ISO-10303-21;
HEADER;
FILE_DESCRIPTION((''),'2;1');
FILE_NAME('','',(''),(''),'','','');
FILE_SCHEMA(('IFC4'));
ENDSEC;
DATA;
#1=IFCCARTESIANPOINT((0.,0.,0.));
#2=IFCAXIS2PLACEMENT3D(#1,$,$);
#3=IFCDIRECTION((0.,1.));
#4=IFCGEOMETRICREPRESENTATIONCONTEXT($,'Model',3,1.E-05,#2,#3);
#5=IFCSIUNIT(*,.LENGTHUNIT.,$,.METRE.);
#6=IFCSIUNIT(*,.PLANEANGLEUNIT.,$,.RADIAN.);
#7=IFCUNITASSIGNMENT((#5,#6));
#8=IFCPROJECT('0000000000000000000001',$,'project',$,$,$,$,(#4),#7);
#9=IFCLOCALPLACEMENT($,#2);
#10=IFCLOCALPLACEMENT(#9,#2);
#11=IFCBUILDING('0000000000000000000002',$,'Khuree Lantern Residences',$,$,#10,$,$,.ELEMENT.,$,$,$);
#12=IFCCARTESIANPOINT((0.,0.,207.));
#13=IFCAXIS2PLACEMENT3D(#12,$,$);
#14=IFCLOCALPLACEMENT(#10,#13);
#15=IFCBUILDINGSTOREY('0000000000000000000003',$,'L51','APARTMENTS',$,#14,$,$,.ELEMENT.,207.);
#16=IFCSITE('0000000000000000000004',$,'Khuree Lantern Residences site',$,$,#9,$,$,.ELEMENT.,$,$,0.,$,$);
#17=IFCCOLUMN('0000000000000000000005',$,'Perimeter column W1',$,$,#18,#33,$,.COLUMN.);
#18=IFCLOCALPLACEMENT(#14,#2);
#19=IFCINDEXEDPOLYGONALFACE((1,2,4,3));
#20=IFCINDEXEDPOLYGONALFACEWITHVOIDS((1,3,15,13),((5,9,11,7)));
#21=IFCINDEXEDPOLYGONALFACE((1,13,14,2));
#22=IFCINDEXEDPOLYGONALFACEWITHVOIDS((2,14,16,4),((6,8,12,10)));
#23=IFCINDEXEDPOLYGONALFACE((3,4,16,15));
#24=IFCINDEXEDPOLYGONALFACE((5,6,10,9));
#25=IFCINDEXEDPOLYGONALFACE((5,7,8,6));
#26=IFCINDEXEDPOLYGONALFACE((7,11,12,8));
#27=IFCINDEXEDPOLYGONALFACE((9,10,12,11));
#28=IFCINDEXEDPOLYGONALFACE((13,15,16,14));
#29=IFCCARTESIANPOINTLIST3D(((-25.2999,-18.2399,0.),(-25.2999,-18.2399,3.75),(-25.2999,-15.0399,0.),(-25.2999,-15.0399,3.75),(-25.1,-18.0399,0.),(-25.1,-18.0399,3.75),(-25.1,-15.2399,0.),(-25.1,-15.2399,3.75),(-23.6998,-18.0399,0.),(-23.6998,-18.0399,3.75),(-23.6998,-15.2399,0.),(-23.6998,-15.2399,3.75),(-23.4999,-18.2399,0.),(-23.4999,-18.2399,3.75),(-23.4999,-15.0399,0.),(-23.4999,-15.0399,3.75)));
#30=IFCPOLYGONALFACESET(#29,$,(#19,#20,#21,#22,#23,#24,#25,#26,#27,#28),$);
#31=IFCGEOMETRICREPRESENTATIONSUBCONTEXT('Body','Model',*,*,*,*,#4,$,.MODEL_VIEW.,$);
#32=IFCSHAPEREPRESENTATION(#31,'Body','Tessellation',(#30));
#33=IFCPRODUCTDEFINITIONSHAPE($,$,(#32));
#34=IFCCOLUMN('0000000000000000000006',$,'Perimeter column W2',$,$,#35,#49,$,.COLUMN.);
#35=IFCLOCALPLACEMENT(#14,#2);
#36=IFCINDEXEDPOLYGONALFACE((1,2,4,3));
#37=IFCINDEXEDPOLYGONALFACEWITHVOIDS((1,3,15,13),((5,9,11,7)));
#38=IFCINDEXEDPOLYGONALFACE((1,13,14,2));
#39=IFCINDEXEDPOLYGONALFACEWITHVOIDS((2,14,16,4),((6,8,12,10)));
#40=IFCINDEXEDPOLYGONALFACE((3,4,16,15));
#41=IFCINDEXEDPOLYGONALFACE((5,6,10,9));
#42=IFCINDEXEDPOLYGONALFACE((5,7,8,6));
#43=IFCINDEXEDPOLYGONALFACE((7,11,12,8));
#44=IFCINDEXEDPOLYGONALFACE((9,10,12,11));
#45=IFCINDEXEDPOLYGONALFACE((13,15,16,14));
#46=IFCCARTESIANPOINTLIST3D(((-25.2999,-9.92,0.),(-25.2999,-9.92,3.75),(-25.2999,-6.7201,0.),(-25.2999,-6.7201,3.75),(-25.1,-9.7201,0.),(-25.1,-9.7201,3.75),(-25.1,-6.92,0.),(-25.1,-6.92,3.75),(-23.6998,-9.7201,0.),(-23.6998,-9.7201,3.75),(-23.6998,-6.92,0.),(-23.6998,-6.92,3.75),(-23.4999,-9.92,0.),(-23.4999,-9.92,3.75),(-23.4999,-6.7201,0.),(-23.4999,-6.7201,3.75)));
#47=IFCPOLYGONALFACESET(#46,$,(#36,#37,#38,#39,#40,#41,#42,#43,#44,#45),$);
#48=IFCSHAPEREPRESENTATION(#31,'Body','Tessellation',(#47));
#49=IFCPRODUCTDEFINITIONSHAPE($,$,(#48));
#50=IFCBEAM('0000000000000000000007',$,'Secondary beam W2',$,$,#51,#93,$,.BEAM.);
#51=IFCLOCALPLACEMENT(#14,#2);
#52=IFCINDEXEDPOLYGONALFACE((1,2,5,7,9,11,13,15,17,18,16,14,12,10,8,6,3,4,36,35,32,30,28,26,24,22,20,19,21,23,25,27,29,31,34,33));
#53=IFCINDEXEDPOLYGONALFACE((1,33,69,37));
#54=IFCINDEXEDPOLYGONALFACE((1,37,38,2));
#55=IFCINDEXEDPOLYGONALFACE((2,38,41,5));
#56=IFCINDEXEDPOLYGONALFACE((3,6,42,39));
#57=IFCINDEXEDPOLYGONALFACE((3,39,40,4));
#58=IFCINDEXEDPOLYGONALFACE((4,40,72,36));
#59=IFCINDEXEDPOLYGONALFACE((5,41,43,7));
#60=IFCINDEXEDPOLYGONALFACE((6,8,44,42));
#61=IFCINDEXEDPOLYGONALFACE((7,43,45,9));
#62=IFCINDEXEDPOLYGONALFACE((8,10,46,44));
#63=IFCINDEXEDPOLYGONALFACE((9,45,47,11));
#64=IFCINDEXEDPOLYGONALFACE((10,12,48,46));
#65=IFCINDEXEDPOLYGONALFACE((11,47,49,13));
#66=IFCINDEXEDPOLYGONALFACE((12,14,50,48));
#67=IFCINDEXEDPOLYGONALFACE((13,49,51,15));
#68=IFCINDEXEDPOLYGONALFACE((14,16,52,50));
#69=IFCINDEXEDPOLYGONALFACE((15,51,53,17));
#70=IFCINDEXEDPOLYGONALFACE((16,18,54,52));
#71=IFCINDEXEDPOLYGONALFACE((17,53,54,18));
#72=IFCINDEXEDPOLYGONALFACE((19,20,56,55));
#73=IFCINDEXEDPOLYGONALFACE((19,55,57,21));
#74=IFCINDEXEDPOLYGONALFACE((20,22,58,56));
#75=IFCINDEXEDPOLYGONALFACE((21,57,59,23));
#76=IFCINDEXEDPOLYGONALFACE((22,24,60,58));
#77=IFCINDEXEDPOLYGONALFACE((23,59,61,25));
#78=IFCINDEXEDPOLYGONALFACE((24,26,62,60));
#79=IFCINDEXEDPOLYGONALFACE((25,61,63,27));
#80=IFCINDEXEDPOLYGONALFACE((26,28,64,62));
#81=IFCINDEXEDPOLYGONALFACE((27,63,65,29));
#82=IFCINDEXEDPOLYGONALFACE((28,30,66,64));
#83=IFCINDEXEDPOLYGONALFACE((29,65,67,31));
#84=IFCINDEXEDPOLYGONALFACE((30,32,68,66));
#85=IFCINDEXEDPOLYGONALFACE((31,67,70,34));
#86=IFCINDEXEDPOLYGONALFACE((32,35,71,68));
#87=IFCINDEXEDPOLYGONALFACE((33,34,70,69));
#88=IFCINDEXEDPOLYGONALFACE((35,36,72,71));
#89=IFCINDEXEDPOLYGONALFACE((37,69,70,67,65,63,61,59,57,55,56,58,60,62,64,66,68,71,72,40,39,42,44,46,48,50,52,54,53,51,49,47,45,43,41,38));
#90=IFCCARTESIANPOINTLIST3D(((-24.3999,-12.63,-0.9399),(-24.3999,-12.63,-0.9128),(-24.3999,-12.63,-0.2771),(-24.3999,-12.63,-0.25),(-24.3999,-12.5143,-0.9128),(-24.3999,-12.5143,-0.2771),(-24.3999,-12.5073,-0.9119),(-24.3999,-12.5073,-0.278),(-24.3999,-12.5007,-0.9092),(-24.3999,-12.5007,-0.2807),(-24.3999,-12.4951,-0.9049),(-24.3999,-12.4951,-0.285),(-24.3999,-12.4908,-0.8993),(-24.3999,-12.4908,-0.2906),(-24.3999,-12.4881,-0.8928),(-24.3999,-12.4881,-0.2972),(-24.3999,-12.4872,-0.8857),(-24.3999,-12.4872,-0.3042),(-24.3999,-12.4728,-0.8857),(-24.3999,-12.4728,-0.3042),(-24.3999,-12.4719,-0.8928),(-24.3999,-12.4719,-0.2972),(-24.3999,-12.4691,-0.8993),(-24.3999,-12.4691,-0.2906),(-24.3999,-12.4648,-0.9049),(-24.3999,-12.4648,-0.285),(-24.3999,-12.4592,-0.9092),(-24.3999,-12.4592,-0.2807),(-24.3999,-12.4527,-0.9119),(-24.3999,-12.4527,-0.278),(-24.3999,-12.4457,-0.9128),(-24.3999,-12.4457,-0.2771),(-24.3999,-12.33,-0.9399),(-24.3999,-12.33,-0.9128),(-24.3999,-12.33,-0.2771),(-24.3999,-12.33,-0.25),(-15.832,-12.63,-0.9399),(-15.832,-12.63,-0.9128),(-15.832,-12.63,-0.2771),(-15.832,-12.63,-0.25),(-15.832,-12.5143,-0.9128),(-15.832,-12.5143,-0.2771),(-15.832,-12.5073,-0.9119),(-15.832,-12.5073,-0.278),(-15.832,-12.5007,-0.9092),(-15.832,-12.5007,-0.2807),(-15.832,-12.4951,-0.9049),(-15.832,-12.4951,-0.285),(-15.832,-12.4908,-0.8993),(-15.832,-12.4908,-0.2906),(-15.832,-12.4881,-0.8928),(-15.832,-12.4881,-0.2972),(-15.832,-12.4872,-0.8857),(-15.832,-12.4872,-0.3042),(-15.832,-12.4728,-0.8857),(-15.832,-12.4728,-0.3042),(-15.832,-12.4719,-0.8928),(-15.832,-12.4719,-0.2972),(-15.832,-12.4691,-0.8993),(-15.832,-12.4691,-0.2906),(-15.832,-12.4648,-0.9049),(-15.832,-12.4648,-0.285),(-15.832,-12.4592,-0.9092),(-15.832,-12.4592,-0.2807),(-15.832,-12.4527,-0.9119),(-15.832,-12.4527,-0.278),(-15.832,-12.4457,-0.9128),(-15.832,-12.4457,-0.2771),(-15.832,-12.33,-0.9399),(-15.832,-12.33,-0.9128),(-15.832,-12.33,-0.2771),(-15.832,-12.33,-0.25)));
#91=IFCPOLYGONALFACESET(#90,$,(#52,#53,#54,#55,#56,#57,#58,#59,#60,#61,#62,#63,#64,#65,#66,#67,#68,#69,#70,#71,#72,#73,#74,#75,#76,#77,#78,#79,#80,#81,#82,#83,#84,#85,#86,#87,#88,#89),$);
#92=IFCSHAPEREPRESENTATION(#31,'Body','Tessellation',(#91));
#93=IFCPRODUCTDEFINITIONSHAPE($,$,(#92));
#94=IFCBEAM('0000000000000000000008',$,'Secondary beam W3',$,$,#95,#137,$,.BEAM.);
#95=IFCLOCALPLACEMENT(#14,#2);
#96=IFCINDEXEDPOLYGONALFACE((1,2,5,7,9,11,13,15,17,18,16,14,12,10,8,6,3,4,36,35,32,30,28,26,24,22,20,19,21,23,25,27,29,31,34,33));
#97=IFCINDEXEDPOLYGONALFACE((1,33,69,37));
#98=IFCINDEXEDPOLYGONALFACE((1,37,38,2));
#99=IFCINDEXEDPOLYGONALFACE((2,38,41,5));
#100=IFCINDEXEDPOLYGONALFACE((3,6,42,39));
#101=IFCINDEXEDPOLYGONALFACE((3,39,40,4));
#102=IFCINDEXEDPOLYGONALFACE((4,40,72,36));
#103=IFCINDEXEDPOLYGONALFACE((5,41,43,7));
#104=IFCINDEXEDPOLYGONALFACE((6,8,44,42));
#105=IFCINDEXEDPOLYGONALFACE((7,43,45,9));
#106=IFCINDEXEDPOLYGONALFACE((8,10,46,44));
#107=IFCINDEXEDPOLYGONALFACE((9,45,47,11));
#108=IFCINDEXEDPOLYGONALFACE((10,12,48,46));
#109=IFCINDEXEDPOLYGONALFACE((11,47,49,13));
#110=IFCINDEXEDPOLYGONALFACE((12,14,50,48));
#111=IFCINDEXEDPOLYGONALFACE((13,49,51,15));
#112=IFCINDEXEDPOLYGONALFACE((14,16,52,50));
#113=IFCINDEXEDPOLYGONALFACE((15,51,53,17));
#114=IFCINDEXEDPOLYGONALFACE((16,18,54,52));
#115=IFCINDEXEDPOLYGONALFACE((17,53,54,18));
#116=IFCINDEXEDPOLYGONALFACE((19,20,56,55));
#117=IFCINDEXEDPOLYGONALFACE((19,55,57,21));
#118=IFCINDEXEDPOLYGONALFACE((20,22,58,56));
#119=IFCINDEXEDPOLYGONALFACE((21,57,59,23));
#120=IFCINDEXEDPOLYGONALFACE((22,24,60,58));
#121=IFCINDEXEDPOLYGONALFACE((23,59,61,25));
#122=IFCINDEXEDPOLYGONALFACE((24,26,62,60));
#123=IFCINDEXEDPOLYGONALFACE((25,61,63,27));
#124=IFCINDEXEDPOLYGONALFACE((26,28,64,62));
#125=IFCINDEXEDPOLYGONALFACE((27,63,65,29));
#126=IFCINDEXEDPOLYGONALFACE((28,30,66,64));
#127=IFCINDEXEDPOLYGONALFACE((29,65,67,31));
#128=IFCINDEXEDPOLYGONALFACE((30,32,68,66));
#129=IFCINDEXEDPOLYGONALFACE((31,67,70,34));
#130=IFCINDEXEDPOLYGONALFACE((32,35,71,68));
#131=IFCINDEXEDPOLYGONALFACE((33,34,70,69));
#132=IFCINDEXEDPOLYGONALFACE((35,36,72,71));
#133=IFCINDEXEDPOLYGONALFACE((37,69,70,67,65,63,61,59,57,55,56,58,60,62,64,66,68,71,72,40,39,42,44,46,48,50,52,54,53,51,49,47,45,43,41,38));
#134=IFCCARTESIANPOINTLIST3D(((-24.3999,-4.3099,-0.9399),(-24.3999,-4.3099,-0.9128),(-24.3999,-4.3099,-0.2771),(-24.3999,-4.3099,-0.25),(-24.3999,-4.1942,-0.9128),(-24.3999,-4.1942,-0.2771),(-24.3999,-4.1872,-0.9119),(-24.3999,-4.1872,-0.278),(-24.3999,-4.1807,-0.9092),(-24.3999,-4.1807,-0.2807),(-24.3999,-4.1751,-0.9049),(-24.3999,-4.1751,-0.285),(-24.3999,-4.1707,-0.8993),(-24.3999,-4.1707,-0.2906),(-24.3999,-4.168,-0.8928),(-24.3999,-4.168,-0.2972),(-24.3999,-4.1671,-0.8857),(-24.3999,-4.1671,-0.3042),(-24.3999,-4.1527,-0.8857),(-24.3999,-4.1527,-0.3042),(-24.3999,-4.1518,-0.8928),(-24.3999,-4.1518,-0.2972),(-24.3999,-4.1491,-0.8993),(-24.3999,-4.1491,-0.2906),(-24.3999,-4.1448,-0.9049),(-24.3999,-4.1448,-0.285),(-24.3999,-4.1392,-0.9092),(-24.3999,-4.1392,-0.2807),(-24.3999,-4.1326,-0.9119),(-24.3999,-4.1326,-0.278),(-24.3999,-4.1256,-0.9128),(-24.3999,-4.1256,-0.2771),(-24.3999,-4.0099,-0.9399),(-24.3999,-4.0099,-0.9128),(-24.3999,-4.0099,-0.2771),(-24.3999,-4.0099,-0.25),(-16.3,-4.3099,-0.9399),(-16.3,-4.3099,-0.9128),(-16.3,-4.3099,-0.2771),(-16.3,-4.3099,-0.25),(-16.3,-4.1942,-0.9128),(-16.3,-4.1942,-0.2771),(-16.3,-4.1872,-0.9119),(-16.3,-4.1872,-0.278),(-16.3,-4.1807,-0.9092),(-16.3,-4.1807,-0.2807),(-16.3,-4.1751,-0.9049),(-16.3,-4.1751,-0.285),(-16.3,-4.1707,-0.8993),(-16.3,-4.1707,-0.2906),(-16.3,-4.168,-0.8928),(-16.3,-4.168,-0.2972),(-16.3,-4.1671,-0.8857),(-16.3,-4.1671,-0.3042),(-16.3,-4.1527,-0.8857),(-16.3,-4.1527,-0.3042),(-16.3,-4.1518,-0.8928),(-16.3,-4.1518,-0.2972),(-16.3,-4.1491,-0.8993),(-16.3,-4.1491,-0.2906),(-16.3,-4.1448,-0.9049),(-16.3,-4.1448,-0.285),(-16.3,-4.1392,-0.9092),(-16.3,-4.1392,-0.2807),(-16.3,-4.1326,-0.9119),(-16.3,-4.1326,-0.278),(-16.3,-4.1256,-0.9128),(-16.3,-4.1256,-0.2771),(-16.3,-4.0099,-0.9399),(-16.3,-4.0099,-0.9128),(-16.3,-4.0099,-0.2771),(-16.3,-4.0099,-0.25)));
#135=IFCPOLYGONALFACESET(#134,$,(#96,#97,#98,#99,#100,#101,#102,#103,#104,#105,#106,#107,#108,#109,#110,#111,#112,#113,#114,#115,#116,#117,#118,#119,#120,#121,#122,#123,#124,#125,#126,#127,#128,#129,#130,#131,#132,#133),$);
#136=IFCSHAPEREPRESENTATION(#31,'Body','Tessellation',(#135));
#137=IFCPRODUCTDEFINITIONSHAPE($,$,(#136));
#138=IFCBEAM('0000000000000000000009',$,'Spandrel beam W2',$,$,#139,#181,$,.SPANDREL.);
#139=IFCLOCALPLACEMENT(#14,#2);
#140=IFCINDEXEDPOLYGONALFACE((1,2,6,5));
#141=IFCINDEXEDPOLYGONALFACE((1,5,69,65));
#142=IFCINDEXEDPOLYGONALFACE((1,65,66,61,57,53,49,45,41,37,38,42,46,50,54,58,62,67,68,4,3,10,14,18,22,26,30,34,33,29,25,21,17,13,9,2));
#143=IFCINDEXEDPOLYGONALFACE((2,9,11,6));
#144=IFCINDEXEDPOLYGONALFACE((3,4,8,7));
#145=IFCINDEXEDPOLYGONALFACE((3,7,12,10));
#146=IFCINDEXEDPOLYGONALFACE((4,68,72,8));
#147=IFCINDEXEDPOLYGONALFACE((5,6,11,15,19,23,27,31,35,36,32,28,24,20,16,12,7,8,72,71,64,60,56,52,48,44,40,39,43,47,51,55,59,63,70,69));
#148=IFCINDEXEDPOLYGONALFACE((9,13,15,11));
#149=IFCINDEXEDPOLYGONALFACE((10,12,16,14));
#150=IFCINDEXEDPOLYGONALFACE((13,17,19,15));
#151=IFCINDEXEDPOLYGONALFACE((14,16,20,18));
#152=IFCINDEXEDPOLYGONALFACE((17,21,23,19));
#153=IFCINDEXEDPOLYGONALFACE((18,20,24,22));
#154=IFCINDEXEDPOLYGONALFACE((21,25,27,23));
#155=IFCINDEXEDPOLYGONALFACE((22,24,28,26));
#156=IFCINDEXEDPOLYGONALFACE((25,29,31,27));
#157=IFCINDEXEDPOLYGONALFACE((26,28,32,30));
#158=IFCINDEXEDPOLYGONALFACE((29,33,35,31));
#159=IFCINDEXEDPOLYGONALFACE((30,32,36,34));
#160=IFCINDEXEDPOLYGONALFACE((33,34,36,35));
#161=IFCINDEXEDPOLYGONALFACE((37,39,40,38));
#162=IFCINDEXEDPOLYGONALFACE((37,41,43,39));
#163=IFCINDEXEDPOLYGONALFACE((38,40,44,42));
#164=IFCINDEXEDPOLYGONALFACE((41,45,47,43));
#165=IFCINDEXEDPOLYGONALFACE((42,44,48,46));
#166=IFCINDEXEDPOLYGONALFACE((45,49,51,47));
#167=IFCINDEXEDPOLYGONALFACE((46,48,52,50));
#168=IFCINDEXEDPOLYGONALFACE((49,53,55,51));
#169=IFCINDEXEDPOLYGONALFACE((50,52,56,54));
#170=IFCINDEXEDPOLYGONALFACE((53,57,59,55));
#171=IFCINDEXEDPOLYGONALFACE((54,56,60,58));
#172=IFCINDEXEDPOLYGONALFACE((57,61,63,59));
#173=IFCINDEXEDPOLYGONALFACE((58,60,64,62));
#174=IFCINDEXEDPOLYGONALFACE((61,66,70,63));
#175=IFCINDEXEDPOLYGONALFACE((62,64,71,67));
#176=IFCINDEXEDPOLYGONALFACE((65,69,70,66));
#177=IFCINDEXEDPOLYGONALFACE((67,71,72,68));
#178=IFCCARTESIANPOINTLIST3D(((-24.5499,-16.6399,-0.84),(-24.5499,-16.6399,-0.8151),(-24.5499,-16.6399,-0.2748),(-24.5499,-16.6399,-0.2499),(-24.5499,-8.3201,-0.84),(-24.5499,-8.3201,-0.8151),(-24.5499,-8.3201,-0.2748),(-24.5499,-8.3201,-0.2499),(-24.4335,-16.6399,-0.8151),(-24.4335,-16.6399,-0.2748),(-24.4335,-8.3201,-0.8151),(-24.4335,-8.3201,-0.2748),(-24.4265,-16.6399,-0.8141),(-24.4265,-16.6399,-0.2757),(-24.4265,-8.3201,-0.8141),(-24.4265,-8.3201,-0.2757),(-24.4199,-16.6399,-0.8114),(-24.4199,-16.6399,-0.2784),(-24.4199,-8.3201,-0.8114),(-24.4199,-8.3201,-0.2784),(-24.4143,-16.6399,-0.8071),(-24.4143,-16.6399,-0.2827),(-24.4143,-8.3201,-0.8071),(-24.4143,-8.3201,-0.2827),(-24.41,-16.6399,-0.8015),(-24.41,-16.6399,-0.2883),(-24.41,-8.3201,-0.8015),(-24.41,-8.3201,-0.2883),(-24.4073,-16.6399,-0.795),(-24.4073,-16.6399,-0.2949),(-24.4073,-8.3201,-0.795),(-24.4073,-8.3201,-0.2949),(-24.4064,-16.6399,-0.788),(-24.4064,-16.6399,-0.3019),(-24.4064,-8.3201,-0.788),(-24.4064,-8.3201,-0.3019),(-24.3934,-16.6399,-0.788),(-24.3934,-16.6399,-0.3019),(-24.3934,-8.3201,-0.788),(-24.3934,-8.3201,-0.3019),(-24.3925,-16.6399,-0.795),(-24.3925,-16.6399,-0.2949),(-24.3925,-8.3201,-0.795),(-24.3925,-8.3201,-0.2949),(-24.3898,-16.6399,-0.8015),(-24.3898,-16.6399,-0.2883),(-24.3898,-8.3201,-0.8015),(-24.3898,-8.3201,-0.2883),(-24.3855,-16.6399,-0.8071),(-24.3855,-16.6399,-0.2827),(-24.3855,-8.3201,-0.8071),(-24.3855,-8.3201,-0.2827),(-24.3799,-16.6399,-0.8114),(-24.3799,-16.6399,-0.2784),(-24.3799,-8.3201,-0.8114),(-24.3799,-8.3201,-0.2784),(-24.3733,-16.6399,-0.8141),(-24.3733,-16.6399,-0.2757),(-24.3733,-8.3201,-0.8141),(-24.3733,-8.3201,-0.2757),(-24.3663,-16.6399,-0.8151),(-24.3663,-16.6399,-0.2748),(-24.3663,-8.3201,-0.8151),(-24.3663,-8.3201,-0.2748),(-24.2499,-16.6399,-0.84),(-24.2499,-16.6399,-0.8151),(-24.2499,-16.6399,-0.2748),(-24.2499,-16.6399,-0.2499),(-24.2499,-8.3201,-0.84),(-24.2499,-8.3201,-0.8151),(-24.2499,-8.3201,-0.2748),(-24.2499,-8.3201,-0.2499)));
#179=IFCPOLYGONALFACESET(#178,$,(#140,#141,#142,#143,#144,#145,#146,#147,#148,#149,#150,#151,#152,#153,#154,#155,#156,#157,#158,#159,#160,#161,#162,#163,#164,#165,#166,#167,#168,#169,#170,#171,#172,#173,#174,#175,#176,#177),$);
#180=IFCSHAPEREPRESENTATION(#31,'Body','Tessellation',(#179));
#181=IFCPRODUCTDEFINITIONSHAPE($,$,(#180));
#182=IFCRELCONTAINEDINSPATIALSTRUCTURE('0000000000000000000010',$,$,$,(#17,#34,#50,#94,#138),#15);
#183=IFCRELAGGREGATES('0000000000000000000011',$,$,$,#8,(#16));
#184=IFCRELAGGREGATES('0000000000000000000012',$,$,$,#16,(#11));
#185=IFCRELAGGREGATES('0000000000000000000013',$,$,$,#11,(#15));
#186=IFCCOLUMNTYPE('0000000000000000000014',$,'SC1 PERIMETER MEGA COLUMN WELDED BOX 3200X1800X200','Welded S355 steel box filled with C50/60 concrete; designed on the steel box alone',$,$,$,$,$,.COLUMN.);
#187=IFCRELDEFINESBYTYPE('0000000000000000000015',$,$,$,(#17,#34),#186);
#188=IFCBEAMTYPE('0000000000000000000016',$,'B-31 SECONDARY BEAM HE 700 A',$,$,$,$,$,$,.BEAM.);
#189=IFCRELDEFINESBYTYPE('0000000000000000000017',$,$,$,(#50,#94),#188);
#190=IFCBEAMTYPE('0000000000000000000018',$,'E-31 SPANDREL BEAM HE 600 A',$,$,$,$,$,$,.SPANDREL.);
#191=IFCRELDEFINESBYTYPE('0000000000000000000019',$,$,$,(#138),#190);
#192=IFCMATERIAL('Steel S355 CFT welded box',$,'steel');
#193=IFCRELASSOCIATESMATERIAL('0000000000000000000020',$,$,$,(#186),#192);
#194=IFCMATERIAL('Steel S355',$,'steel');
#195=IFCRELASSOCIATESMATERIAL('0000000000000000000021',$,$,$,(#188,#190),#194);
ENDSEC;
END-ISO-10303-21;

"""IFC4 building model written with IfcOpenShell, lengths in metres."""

from ifc_helpers import new_model, si_unit, direction, frame, origin, origin_2d, place, context, subcontext, project, spatial, hollow_rectangle, i_section, extrude, material, material_profile, profile_set, type_object, element, save


model = new_model("IFC4")

# Units and contexts
model_context = context("Model", 3, precision=1e-05, world=origin(), true_north=direction((0.0, 1.0)))
body_context = subcontext(model_context, "Body", "Model", "MODEL_VIEW")
ifc_project = project(units=[si_unit("LENGTHUNIT", "METRE"), si_unit("PLANEANGLEUNIT", "RADIAN")], contexts=[model_context])

# Site, building, storey
site_placement = place(None, origin())
site = spatial("IfcSite", under=ifc_project, at=site_placement, Name="Khuree Lantern Residences site", CompositionType="ELEMENT", RefElevation=0.0)
building_placement = place(site_placement, origin())
building = spatial("IfcBuilding", under=site, at=building_placement, Name="Khuree Lantern Residences", CompositionType="ELEMENT")
storey_placement = place(building_placement, frame((0.0, 0.0, 207.0)))
storey = spatial("IfcBuildingStorey", under=building, at=storey_placement, Name="L51", Description="APARTMENTS", CompositionType="ELEMENT", Elevation=207.0)

# Columns
ifc_material_1 = material(Name="Steel S355 CFT welded box", Category="steel")
ifc_material_profile_1 = material_profile(ifc_material_1, hollow_rectangle(XDim=3.2, YDim=1.8, WallThickness=0.2, at=origin_2d()), Name="WELDED BOX 3200X1800X200")
ifc_profile_set_1 = profile_set([ifc_material_profile_1], Name="Steel S355 CFT welded box")
column_type = type_object("IfcColumnType", Name="SC1 PERIMETER MEGA COLUMN WELDED BOX 3200X1800X200", Description="Welded S355 steel box filled with C50/60 concrete; designed on the steel box alone", PredefinedType="COLUMN", material=ifc_profile_set_1)
for number, where, z_axis, x_axis, name in (
    (1, (-24.3999, -16.6399, 0.0), (0.0, 0.0, 1.0), (0.0, 1.0, 0.0), "Perimeter column W1"),
    (2, (-24.3999, -8.3201, 0.0), (0.0, 0.0, 1.0), (0.0, 1.0, 0.0), "Perimeter column W2"),
):
    element("IfcColumn", number, at=place(storey_placement, frame(where, z_axis=z_axis, x_axis=x_axis)), inside=storey, type_object=column_type, Name=name, PredefinedType="COLUMN", context=body_context, shape_type="SweptSolid", body=[
        extrude(hollow_rectangle(XDim=3.2, YDim=1.8, WallThickness=0.2, at=origin_2d()), origin(), (0.0, 0.0, 1.0), 3.75),
    ])

# Beams
ifc_material_2 = material(Name="Steel S355", Category="steel")
ifc_material_profile_2 = material_profile(ifc_material_2, i_section(OverallWidth=0.3, OverallDepth=0.6899, WebThickness=0.0144, FlangeThickness=0.0271, FilletRadius=0.0271, at=origin_2d()), Name="HE 700 A")
ifc_profile_set_2 = profile_set([ifc_material_profile_2], Name="Steel S355")
beam_type_1 = type_object("IfcBeamType", Name="B-31 SECONDARY BEAM HE 700 A", PredefinedType="BEAM", material=ifc_profile_set_2)
beam_1_placement = place(storey_placement, frame((-24.3999, -12.48, -0.595), z_axis=(1.0, 0.0, 0.0), x_axis=(0.0, 1.0, 0.0)))
element("IfcBeam", 3, at=beam_1_placement, inside=storey, type_object=beam_type_1, Name="Secondary beam W2", PredefinedType="BEAM", context=body_context, shape_type="SweptSolid", body=[
    extrude(i_section(OverallWidth=0.3, OverallDepth=0.6899, WebThickness=0.0144, FlangeThickness=0.0271, FilletRadius=0.0271, at=origin_2d()), origin(), (0.0, 0.0, 1.0), 8.5679),
])
beam_2_placement = place(storey_placement, frame((-24.3999, -4.1599, -0.595), z_axis=(1.0, 0.0, 0.0), x_axis=(0.0, 1.0, 0.0)))
element("IfcBeam", 4, at=beam_2_placement, inside=storey, type_object=beam_type_1, Name="Secondary beam W3", PredefinedType="BEAM", context=body_context, shape_type="SweptSolid", body=[
    extrude(i_section(OverallWidth=0.3, OverallDepth=0.6899, WebThickness=0.0144, FlangeThickness=0.0271, FilletRadius=0.0271, at=origin_2d()), origin(), (0.0, 0.0, 1.0), 8.0999),
])
ifc_material_profile_3 = material_profile(ifc_material_2, i_section(OverallWidth=0.3, OverallDepth=0.5901, WebThickness=0.0129, FlangeThickness=0.0249, FilletRadius=0.0271, at=origin_2d()), Name="HE 600 A")
ifc_profile_set_3 = profile_set([ifc_material_profile_3], Name="Steel S355")
beam_type_2 = type_object("IfcBeamType", Name="E-31 SPANDREL BEAM HE 600 A", PredefinedType="SPANDREL", material=ifc_profile_set_3)
beam_3_placement = place(storey_placement, frame((-24.3999, -16.6399, -0.5449), z_axis=(0.0, 1.0, 0.0), x_axis=(-1.0, 0.0, 0.0)))
element("IfcBeam", 5, at=beam_3_placement, inside=storey, type_object=beam_type_2, Name="Spandrel beam W2", PredefinedType="SPANDREL", context=body_context, shape_type="SweptSolid", body=[
    extrude(i_section(OverallWidth=0.3, OverallDepth=0.5901, WebThickness=0.0129, FlangeThickness=0.0249, FilletRadius=0.0271, at=origin_2d()), origin(), (0.0, 0.0, 1.0), 8.3198),
])

save(model, "model.ifc")
